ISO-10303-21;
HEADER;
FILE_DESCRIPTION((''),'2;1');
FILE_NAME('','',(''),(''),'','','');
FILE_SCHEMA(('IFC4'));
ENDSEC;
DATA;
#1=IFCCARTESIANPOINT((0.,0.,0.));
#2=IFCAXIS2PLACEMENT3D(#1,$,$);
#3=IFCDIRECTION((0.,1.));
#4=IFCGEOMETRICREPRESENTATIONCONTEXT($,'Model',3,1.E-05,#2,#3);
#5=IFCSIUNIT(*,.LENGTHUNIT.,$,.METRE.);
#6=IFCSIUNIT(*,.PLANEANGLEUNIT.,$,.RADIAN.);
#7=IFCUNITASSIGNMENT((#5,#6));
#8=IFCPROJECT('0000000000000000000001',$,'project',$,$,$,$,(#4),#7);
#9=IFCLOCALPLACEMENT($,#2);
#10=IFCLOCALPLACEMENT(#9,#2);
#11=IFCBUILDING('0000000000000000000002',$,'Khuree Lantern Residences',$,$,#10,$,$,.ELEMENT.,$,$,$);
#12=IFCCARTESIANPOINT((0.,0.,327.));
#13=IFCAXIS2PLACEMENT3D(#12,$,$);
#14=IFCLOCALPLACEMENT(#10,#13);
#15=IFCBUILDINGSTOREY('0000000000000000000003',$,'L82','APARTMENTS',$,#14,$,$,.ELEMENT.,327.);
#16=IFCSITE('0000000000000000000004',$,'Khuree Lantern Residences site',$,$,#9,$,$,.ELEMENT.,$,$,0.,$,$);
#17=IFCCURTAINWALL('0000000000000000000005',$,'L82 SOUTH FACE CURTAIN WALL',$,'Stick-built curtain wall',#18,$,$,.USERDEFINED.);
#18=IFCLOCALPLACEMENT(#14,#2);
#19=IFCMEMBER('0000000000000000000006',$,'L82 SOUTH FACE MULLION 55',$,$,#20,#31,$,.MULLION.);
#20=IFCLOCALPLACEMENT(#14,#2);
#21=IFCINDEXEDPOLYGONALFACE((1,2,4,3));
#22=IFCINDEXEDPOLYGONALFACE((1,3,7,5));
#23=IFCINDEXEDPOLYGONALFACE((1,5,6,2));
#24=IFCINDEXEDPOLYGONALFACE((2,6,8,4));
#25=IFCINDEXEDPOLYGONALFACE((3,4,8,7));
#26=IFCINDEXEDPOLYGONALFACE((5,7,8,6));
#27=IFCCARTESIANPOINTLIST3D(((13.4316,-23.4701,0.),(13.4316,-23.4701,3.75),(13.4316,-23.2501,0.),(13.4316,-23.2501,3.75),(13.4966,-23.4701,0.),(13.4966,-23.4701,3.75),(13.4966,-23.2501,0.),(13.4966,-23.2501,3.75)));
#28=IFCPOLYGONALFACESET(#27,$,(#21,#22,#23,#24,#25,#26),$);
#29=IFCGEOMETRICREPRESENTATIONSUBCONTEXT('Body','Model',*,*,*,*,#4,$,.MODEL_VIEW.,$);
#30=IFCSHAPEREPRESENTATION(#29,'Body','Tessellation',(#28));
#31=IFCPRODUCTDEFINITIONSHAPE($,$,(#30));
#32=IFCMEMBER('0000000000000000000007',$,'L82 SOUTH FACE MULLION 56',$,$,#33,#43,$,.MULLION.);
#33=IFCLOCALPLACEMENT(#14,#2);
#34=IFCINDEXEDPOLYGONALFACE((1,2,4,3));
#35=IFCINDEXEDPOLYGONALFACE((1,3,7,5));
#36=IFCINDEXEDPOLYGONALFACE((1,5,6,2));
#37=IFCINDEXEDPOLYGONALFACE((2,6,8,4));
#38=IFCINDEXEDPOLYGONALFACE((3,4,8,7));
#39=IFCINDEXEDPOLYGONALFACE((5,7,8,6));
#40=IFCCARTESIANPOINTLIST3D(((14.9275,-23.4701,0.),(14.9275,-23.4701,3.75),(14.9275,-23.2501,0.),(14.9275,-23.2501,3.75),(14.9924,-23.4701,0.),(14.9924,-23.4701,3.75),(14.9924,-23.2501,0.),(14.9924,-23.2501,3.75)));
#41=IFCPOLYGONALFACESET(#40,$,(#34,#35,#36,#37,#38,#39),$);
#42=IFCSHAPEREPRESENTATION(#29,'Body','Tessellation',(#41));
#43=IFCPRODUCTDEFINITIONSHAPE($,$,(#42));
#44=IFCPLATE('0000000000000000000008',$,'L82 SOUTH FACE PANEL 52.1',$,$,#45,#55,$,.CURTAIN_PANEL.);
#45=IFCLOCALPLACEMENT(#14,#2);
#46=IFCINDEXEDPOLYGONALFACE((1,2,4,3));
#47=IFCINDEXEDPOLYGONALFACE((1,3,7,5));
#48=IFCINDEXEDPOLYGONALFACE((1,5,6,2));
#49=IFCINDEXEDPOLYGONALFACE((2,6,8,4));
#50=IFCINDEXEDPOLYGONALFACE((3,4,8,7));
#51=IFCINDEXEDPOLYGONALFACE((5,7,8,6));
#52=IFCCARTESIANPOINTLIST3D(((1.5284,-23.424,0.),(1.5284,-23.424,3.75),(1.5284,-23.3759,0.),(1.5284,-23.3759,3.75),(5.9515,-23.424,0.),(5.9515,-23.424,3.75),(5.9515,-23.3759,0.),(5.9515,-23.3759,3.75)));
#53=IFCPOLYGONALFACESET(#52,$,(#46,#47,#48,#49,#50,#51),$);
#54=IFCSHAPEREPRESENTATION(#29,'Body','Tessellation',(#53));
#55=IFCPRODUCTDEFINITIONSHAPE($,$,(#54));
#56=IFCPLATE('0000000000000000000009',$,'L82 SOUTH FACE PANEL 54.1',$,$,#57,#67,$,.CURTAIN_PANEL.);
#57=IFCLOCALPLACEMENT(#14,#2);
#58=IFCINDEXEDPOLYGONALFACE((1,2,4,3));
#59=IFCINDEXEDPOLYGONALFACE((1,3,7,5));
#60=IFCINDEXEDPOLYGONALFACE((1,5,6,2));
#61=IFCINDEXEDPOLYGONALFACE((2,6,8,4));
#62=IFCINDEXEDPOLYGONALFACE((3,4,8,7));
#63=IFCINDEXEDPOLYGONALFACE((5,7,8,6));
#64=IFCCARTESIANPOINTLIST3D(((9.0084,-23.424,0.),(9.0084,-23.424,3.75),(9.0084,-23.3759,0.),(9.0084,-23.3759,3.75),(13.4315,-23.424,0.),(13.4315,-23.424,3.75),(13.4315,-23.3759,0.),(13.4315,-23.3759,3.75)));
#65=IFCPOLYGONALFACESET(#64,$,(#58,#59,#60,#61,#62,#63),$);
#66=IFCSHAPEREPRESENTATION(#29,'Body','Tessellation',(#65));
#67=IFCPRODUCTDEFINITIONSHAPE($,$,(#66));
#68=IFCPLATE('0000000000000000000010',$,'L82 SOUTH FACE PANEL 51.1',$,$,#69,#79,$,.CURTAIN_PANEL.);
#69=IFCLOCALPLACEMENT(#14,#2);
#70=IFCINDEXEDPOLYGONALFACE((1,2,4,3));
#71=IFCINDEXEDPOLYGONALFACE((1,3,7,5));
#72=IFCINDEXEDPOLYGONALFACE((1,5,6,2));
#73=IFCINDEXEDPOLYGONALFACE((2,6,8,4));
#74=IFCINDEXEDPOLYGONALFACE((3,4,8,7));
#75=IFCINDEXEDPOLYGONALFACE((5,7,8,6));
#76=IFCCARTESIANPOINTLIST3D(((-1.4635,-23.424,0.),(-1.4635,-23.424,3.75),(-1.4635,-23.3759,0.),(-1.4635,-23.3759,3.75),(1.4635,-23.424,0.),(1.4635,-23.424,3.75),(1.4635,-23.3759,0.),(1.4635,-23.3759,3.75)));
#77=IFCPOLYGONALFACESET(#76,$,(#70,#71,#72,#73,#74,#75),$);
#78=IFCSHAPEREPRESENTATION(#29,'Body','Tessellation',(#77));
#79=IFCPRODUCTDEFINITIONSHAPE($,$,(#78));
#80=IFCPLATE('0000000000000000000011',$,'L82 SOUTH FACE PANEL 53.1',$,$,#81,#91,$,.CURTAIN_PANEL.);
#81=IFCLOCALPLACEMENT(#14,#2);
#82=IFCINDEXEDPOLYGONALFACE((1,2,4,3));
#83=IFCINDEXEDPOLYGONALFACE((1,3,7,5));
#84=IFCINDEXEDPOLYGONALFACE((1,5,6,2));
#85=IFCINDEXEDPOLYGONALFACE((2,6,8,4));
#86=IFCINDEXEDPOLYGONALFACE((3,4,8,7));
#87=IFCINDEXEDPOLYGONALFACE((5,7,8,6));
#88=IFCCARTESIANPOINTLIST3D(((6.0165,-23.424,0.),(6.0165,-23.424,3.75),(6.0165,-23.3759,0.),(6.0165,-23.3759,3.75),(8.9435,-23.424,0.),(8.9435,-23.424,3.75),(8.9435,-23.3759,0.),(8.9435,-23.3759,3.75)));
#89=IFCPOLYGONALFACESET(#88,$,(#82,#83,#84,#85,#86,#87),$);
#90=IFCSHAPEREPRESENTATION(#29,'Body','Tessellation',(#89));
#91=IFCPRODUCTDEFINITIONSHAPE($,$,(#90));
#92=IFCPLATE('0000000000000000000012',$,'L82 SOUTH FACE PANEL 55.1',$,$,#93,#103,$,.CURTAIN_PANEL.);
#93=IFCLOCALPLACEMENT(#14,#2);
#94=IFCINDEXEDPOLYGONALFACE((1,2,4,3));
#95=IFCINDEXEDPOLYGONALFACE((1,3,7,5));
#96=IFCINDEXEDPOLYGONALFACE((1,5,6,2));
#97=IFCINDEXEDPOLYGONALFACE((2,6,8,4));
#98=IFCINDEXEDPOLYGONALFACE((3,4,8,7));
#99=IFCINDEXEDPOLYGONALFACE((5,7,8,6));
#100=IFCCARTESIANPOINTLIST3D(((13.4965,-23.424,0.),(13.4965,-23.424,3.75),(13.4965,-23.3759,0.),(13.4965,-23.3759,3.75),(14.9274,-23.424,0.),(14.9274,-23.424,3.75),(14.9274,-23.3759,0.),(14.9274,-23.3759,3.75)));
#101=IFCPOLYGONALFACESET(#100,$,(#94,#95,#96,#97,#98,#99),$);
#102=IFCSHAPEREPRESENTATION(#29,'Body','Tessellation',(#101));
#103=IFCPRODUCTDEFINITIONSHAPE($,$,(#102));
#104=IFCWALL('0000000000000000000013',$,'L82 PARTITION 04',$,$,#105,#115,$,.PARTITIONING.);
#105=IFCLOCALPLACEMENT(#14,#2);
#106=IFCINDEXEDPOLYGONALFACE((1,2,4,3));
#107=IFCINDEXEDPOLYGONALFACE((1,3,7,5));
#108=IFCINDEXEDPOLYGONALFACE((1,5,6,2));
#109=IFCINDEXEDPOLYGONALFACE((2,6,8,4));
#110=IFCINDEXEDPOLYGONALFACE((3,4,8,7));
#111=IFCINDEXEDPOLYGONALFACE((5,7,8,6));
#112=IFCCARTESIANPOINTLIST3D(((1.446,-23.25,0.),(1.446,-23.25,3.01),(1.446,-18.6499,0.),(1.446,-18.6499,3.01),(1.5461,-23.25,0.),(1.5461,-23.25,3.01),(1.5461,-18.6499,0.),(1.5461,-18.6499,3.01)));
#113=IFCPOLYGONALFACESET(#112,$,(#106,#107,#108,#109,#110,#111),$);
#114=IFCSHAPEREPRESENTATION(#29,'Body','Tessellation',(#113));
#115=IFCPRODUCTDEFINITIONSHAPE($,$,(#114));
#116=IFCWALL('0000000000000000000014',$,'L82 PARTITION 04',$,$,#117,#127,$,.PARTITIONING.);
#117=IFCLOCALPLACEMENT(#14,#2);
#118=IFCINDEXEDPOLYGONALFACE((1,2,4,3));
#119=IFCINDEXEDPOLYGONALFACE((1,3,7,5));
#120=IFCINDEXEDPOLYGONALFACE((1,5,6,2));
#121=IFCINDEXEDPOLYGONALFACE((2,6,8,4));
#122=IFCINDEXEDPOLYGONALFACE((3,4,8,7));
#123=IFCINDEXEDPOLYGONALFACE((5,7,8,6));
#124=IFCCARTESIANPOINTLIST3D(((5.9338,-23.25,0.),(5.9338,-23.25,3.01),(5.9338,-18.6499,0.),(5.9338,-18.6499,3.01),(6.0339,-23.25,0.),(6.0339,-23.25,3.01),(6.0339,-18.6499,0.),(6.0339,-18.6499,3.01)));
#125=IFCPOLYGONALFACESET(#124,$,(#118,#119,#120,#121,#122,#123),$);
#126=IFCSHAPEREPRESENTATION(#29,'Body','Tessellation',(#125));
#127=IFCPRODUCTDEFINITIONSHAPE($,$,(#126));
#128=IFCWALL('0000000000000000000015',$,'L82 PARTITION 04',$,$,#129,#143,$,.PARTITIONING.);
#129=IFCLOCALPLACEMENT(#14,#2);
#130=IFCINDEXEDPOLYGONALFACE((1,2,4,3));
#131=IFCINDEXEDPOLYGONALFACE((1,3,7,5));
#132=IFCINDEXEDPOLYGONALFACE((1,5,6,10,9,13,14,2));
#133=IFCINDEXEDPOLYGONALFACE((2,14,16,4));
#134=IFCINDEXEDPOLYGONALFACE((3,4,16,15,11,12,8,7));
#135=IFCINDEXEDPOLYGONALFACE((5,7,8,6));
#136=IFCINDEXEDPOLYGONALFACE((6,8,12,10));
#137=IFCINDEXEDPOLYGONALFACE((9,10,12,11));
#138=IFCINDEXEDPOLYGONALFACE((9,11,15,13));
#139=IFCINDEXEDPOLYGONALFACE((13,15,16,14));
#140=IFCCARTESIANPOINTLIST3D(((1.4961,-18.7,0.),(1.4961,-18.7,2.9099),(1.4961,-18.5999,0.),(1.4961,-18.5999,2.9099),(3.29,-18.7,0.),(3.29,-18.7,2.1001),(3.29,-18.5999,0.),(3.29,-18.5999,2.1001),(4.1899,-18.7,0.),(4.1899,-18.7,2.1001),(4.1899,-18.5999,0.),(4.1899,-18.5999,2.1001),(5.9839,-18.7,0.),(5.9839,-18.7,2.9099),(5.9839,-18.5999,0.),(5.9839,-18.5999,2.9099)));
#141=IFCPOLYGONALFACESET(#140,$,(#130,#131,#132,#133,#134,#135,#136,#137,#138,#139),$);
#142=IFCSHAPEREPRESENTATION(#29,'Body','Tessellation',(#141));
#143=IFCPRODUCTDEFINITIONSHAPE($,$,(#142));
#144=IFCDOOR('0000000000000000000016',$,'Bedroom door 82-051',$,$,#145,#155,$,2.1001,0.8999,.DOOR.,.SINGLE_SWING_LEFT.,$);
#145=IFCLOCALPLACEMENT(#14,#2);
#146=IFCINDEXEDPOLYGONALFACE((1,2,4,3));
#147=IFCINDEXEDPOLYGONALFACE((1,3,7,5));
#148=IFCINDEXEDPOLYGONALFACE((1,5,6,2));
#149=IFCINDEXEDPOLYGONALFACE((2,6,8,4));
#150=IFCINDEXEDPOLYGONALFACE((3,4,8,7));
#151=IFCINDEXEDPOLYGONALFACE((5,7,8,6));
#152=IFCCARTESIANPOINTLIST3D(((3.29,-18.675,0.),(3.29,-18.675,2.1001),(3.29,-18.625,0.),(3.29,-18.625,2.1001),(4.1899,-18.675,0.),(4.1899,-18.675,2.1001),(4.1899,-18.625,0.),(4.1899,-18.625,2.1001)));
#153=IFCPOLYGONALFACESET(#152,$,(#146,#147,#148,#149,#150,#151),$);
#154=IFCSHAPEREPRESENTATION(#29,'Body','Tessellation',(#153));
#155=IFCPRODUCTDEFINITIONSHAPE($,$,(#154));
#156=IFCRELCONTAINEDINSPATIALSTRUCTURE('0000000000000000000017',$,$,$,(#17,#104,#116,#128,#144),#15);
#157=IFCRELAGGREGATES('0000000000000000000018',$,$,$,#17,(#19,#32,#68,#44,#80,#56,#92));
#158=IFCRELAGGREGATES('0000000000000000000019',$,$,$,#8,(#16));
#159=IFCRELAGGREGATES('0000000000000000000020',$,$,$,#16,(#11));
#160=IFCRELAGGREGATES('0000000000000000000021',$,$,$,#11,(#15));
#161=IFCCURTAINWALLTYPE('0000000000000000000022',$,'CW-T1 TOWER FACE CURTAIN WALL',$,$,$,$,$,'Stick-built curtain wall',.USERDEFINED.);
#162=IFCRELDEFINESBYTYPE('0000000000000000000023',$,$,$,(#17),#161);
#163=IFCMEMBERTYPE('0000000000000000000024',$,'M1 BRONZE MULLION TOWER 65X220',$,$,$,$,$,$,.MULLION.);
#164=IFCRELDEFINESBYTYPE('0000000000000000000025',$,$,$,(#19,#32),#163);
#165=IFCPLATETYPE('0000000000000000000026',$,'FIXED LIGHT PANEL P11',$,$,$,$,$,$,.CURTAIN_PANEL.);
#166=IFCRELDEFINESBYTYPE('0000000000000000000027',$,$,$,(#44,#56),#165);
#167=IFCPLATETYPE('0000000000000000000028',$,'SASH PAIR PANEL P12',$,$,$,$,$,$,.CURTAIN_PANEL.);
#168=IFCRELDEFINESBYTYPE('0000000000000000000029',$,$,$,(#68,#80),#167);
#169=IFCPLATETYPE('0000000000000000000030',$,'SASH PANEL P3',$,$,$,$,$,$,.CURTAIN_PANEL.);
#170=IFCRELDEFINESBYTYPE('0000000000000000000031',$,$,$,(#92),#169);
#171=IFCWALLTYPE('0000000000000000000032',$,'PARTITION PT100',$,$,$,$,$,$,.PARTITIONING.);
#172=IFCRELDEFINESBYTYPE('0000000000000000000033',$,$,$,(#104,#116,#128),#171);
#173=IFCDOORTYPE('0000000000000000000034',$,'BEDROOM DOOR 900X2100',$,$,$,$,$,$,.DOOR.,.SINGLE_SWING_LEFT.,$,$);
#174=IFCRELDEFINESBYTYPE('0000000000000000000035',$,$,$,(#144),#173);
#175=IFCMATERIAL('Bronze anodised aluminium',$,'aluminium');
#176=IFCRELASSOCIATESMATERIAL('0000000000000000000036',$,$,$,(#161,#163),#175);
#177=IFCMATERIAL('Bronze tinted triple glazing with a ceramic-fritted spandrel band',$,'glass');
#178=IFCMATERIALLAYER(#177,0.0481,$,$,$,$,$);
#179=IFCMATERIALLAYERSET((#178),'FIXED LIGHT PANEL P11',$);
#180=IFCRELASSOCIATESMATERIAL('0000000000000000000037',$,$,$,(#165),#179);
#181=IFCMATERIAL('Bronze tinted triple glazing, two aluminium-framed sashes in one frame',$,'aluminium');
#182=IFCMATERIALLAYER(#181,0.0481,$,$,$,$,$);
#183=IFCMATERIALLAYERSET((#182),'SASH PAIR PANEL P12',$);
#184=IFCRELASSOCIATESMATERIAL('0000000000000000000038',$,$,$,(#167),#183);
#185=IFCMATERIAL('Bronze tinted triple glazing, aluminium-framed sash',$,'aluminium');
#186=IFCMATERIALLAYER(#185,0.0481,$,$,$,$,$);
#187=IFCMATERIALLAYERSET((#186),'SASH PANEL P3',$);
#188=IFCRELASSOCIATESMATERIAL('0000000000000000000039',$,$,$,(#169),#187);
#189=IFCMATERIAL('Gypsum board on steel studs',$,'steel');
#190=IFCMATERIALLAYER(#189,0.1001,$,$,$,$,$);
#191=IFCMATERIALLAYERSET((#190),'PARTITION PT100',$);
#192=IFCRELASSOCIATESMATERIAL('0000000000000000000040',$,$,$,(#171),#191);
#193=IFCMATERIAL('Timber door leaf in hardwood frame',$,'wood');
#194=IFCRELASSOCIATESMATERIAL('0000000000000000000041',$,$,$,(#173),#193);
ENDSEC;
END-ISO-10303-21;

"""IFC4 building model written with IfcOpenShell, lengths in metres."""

from ifc_helpers import new_model, si_unit, direction, frame, frame_2d, origin, origin_2d, place, context, subcontext, project, spatial, rectangle, extrude, material, layer, layer_set, material_profile, profile_set, type_object, element, fill, aggregate, save


model = new_model("IFC4")

# Units and contexts
model_context = context("Model", 3, precision=1e-05, world=origin(), true_north=direction((0.0, 1.0)))
body_context = subcontext(model_context, "Body", "Model", "MODEL_VIEW")
ifc_project = project(units=[si_unit("LENGTHUNIT", "METRE"), si_unit("PLANEANGLEUNIT", "RADIAN")], contexts=[model_context])

# Site, building, storey
site_placement = place(None, origin())
site = spatial("IfcSite", under=ifc_project, at=site_placement, Name="Khuree Lantern Residences site", CompositionType="ELEMENT", RefElevation=0.0)
building_placement = place(site_placement, origin())
building = spatial("IfcBuilding", under=site, at=building_placement, Name="Khuree Lantern Residences", CompositionType="ELEMENT")
storey_placement = place(building_placement, frame((0.0, 0.0, 327.0)))
storey = spatial("IfcBuildingStorey", under=building, at=storey_placement, Name="L82", Description="APARTMENTS", CompositionType="ELEMENT", Elevation=327.0)

# Curtain wall
ifc_material_1 = material(Name="Bronze anodised aluminium", Category="aluminium")
curtain_wall_type = type_object("IfcCurtainWallType", Name="CW-T1 TOWER FACE CURTAIN WALL", ElementType="Stick-built curtain wall", PredefinedType="USERDEFINED", material=ifc_material_1)
curtain_wall_placement = place(storey_placement, origin())
curtain_wall = element("IfcCurtainWall", 1, at=curtain_wall_placement, inside=storey, type_object=curtain_wall_type, Name="L82 SOUTH FACE CURTAIN WALL", ObjectType="Stick-built curtain wall", PredefinedType="USERDEFINED")

# Members
ifc_material_profile_1 = material_profile(ifc_material_1, rectangle(XDim=0.0649, YDim=0.22, at=origin_2d()), Name="M1 65X220")
ifc_profile_set_1 = profile_set([ifc_material_profile_1], Name="Bronze anodised aluminium")
member_type_1 = type_object("IfcMemberType", Name="M1 BRONZE MULLION TOWER 65X220", PredefinedType="MULLION", material=ifc_profile_set_1)
member_1_placement = place(storey_placement, frame((13.4641, -23.3601, 0.0), z_axis=(0.0, 0.0, 1.0), x_axis=(1.0, 0.0, 0.0)))
member_1 = element("IfcMember", 2, at=member_1_placement, type_object=member_type_1, Name="L82 SOUTH FACE MULLION 55", PredefinedType="MULLION", context=body_context, shape_type="SweptSolid", body=[
    extrude(rectangle(XDim=0.0649, YDim=0.22, at=origin_2d()), origin(), (0.0, 0.0, 1.0), 3.75),
])
member_2_placement = place(storey_placement, frame((14.96, -23.3601, 0.0), z_axis=(0.0, 0.0, 1.0), x_axis=(1.0, 0.0, 0.0)))
member_2 = element("IfcMember", 3, at=member_2_placement, type_object=member_type_1, Name="L82 SOUTH FACE MULLION 56", PredefinedType="MULLION", context=body_context, shape_type="SweptSolid", body=[
    extrude(rectangle(XDim=0.0649, YDim=0.22, at=origin_2d()), origin(), (0.0, 0.0, 1.0), 3.75),
])

# Plates
ifc_material_2 = material(Name="Bronze tinted triple glazing with a ceramic-fritted spandrel band", Category="glass")
ifc_layer_1 = layer(ifc_material_2, 0.0481)
ifc_layer_set_1 = layer_set([ifc_layer_1], Name="FIXED LIGHT PANEL P11")
plate_type_1 = type_object("IfcPlateType", Name="FIXED LIGHT PANEL P11", PredefinedType="CURTAIN_PANEL", material=ifc_layer_set_1)
plate_1_placement = place(storey_placement, frame((3.74, -23.3999, 0.0), z_axis=(0.0, 0.0, 1.0), x_axis=(1.0, 0.0, 0.0)))
plate_1 = element("IfcPlate", 4, at=plate_1_placement, type_object=plate_type_1, Name="L82 SOUTH FACE PANEL 52.1", PredefinedType="CURTAIN_PANEL", context=body_context, shape_type="SweptSolid", body=[
    extrude(rectangle(XDim=4.4231, YDim=0.0481, at=origin_2d()), origin(), (0.0, 0.0, 1.0), 3.75),
])
plate_2_placement = place(storey_placement, frame((11.22, -23.3999, 0.0), z_axis=(0.0, 0.0, 1.0), x_axis=(1.0, 0.0, 0.0)))
plate_2 = element("IfcPlate", 5, at=plate_2_placement, type_object=plate_type_1, Name="L82 SOUTH FACE PANEL 54.1", PredefinedType="CURTAIN_PANEL", context=body_context, shape_type="SweptSolid", body=[
    extrude(rectangle(XDim=4.4231, YDim=0.0481, at=origin_2d()), origin(), (0.0, 0.0, 1.0), 3.75),
])
ifc_material_3 = material(Name="Bronze tinted triple glazing, two aluminium-framed sashes in one frame", Category="aluminium")
ifc_layer_2 = layer(ifc_material_3, 0.0481)
ifc_layer_set_2 = layer_set([ifc_layer_2], Name="SASH PAIR PANEL P12")
plate_type_2 = type_object("IfcPlateType", Name="SASH PAIR PANEL P12", PredefinedType="CURTAIN_PANEL", material=ifc_layer_set_2)
plate_3_placement = place(storey_placement, frame((0.0, -23.3999, 0.0), z_axis=(0.0, 0.0, 1.0), x_axis=(1.0, 0.0, 0.0)))
plate_3 = element("IfcPlate", 6, at=plate_3_placement, type_object=plate_type_2, Name="L82 SOUTH FACE PANEL 51.1", PredefinedType="CURTAIN_PANEL", context=body_context, shape_type="SweptSolid", body=[
    extrude(rectangle(XDim=2.927, YDim=0.0481, at=origin_2d()), origin(), (0.0, 0.0, 1.0), 3.75),
])
plate_4_placement = place(storey_placement, frame((7.48, -23.3999, 0.0), z_axis=(0.0, 0.0, 1.0), x_axis=(1.0, 0.0, 0.0)))
plate_4 = element("IfcPlate", 7, at=plate_4_placement, type_object=plate_type_2, Name="L82 SOUTH FACE PANEL 53.1", PredefinedType="CURTAIN_PANEL", context=body_context, shape_type="SweptSolid", body=[
    extrude(rectangle(XDim=2.927, YDim=0.0481, at=origin_2d()), origin(), (0.0, 0.0, 1.0), 3.75),
])
ifc_material_4 = material(Name="Bronze tinted triple glazing, aluminium-framed sash", Category="aluminium")
ifc_layer_3 = layer(ifc_material_4, 0.0481)
ifc_layer_set_3 = layer_set([ifc_layer_3], Name="SASH PANEL P3")
plate_type_3 = type_object("IfcPlateType", Name="SASH PANEL P3", PredefinedType="CURTAIN_PANEL", material=ifc_layer_set_3)
plate_5_placement = place(storey_placement, frame((14.2119, -23.3999, 0.0), z_axis=(0.0, 0.0, 1.0), x_axis=(1.0, 0.0, 0.0)))
plate_5 = element("IfcPlate", 8, at=plate_5_placement, type_object=plate_type_3, Name="L82 SOUTH FACE PANEL 55.1", PredefinedType="CURTAIN_PANEL", context=body_context, shape_type="SweptSolid", body=[
    extrude(rectangle(XDim=1.4309, YDim=0.0481, at=origin_2d()), origin(), (0.0, 0.0, 1.0), 3.75),
])
aggregate(curtain_wall, [member_1, member_2, plate_3, plate_1, plate_4, plate_2, plate_5])

# Walls
ifc_material_5 = material(Name="Gypsum board on steel studs", Category="steel")
ifc_layer_4 = layer(ifc_material_5, 0.1001)
ifc_layer_set_4 = layer_set([ifc_layer_4], Name="PARTITION PT100")
wall_type = type_object("IfcWallType", Name="PARTITION PT100", PredefinedType="PARTITIONING", material=ifc_layer_set_4)
for number, where, z_axis, x_axis, name in (
    (9, (1.4961, -18.6499, 0.0), (0.0, 0.0, 1.0), (0.0, -1.0, 0.0), "L82 PARTITION 04"),
    (10, (5.9839, -18.6499, 0.0), (0.0, 0.0, 1.0), (0.0, -1.0, 0.0), "L82 PARTITION 04"),
):
    element("IfcWall", number, at=place(storey_placement, frame(where, z_axis=z_axis, x_axis=x_axis)), inside=storey, type_object=wall_type, Name=name, PredefinedType="PARTITIONING", context=body_context, shape_type="SweptSolid", body=[
        extrude(rectangle(XDim=4.6001, YDim=0.1001, at=frame_2d((2.3, 0.0))), origin(), (0.0, 0.0, 1.0), 3.01),
    ])

# Wall, opening, door
wall_1_placement = place(storey_placement, frame((1.4961, -18.6499, 0.0), z_axis=(0.0, 0.0, 1.0), x_axis=(1.0, 0.0, 0.0)))
wall_1 = element("IfcWall", 11, at=wall_1_placement, inside=storey, type_object=wall_type, Name="L82 PARTITION 04", PredefinedType="PARTITIONING", context=body_context, shape_type="SweptSolid", body=[
    extrude(rectangle(XDim=4.4878, YDim=0.1001, at=frame_2d((2.2439, 0.0))), origin(), (0.0, 0.0, 1.0), 2.9099),
])
opening_1_placement = place(wall_1_placement, frame((1.7939, 0.0, 0.0)))
opening_1 = element("IfcOpeningElement", 12, at=opening_1_placement, cuts=wall_1, PredefinedType="OPENING", context=body_context, shape_type="SweptSolid", body=[
    extrude(rectangle(XDim=0.8999, YDim=2.1001, at=frame_2d((0.45, 1.05))), frame((0.0, 0.0601, 0.0), z_axis=(0.0, -1.0, 0.0), x_axis=(1.0, 0.0, 0.0)), (0.0, 0.0, 1.0), 0.1201),
])
ifc_material_6 = material(Name="Timber door leaf in hardwood frame", Category="wood")
door_type_1 = type_object("IfcDoorType", Name="BEDROOM DOOR 900X2100", OperationType="SINGLE_SWING_LEFT", PredefinedType="DOOR", material=ifc_material_6)
door_1_placement = place(opening_1_placement, origin())
door_1 = element("IfcDoor", 13, at=door_1_placement, inside=storey, type_object=door_type_1, Name="Bedroom door 82-051", OperationType="SINGLE_SWING_LEFT", OverallHeight=2.1001, OverallWidth=0.8999, PredefinedType="DOOR", context=body_context, shape_type="SweptSolid", body=[
    extrude(rectangle(XDim=0.8999, YDim=2.1001, at=frame_2d((0.45, 1.05))), frame((0.0, 0.0249, 0.0), z_axis=(0.0, -1.0, 0.0), x_axis=(1.0, 0.0, 0.0)), (0.0, 0.0, 1.0), 0.05),
])
fill(opening_1, door_1)

save(model, "model.ifc")
